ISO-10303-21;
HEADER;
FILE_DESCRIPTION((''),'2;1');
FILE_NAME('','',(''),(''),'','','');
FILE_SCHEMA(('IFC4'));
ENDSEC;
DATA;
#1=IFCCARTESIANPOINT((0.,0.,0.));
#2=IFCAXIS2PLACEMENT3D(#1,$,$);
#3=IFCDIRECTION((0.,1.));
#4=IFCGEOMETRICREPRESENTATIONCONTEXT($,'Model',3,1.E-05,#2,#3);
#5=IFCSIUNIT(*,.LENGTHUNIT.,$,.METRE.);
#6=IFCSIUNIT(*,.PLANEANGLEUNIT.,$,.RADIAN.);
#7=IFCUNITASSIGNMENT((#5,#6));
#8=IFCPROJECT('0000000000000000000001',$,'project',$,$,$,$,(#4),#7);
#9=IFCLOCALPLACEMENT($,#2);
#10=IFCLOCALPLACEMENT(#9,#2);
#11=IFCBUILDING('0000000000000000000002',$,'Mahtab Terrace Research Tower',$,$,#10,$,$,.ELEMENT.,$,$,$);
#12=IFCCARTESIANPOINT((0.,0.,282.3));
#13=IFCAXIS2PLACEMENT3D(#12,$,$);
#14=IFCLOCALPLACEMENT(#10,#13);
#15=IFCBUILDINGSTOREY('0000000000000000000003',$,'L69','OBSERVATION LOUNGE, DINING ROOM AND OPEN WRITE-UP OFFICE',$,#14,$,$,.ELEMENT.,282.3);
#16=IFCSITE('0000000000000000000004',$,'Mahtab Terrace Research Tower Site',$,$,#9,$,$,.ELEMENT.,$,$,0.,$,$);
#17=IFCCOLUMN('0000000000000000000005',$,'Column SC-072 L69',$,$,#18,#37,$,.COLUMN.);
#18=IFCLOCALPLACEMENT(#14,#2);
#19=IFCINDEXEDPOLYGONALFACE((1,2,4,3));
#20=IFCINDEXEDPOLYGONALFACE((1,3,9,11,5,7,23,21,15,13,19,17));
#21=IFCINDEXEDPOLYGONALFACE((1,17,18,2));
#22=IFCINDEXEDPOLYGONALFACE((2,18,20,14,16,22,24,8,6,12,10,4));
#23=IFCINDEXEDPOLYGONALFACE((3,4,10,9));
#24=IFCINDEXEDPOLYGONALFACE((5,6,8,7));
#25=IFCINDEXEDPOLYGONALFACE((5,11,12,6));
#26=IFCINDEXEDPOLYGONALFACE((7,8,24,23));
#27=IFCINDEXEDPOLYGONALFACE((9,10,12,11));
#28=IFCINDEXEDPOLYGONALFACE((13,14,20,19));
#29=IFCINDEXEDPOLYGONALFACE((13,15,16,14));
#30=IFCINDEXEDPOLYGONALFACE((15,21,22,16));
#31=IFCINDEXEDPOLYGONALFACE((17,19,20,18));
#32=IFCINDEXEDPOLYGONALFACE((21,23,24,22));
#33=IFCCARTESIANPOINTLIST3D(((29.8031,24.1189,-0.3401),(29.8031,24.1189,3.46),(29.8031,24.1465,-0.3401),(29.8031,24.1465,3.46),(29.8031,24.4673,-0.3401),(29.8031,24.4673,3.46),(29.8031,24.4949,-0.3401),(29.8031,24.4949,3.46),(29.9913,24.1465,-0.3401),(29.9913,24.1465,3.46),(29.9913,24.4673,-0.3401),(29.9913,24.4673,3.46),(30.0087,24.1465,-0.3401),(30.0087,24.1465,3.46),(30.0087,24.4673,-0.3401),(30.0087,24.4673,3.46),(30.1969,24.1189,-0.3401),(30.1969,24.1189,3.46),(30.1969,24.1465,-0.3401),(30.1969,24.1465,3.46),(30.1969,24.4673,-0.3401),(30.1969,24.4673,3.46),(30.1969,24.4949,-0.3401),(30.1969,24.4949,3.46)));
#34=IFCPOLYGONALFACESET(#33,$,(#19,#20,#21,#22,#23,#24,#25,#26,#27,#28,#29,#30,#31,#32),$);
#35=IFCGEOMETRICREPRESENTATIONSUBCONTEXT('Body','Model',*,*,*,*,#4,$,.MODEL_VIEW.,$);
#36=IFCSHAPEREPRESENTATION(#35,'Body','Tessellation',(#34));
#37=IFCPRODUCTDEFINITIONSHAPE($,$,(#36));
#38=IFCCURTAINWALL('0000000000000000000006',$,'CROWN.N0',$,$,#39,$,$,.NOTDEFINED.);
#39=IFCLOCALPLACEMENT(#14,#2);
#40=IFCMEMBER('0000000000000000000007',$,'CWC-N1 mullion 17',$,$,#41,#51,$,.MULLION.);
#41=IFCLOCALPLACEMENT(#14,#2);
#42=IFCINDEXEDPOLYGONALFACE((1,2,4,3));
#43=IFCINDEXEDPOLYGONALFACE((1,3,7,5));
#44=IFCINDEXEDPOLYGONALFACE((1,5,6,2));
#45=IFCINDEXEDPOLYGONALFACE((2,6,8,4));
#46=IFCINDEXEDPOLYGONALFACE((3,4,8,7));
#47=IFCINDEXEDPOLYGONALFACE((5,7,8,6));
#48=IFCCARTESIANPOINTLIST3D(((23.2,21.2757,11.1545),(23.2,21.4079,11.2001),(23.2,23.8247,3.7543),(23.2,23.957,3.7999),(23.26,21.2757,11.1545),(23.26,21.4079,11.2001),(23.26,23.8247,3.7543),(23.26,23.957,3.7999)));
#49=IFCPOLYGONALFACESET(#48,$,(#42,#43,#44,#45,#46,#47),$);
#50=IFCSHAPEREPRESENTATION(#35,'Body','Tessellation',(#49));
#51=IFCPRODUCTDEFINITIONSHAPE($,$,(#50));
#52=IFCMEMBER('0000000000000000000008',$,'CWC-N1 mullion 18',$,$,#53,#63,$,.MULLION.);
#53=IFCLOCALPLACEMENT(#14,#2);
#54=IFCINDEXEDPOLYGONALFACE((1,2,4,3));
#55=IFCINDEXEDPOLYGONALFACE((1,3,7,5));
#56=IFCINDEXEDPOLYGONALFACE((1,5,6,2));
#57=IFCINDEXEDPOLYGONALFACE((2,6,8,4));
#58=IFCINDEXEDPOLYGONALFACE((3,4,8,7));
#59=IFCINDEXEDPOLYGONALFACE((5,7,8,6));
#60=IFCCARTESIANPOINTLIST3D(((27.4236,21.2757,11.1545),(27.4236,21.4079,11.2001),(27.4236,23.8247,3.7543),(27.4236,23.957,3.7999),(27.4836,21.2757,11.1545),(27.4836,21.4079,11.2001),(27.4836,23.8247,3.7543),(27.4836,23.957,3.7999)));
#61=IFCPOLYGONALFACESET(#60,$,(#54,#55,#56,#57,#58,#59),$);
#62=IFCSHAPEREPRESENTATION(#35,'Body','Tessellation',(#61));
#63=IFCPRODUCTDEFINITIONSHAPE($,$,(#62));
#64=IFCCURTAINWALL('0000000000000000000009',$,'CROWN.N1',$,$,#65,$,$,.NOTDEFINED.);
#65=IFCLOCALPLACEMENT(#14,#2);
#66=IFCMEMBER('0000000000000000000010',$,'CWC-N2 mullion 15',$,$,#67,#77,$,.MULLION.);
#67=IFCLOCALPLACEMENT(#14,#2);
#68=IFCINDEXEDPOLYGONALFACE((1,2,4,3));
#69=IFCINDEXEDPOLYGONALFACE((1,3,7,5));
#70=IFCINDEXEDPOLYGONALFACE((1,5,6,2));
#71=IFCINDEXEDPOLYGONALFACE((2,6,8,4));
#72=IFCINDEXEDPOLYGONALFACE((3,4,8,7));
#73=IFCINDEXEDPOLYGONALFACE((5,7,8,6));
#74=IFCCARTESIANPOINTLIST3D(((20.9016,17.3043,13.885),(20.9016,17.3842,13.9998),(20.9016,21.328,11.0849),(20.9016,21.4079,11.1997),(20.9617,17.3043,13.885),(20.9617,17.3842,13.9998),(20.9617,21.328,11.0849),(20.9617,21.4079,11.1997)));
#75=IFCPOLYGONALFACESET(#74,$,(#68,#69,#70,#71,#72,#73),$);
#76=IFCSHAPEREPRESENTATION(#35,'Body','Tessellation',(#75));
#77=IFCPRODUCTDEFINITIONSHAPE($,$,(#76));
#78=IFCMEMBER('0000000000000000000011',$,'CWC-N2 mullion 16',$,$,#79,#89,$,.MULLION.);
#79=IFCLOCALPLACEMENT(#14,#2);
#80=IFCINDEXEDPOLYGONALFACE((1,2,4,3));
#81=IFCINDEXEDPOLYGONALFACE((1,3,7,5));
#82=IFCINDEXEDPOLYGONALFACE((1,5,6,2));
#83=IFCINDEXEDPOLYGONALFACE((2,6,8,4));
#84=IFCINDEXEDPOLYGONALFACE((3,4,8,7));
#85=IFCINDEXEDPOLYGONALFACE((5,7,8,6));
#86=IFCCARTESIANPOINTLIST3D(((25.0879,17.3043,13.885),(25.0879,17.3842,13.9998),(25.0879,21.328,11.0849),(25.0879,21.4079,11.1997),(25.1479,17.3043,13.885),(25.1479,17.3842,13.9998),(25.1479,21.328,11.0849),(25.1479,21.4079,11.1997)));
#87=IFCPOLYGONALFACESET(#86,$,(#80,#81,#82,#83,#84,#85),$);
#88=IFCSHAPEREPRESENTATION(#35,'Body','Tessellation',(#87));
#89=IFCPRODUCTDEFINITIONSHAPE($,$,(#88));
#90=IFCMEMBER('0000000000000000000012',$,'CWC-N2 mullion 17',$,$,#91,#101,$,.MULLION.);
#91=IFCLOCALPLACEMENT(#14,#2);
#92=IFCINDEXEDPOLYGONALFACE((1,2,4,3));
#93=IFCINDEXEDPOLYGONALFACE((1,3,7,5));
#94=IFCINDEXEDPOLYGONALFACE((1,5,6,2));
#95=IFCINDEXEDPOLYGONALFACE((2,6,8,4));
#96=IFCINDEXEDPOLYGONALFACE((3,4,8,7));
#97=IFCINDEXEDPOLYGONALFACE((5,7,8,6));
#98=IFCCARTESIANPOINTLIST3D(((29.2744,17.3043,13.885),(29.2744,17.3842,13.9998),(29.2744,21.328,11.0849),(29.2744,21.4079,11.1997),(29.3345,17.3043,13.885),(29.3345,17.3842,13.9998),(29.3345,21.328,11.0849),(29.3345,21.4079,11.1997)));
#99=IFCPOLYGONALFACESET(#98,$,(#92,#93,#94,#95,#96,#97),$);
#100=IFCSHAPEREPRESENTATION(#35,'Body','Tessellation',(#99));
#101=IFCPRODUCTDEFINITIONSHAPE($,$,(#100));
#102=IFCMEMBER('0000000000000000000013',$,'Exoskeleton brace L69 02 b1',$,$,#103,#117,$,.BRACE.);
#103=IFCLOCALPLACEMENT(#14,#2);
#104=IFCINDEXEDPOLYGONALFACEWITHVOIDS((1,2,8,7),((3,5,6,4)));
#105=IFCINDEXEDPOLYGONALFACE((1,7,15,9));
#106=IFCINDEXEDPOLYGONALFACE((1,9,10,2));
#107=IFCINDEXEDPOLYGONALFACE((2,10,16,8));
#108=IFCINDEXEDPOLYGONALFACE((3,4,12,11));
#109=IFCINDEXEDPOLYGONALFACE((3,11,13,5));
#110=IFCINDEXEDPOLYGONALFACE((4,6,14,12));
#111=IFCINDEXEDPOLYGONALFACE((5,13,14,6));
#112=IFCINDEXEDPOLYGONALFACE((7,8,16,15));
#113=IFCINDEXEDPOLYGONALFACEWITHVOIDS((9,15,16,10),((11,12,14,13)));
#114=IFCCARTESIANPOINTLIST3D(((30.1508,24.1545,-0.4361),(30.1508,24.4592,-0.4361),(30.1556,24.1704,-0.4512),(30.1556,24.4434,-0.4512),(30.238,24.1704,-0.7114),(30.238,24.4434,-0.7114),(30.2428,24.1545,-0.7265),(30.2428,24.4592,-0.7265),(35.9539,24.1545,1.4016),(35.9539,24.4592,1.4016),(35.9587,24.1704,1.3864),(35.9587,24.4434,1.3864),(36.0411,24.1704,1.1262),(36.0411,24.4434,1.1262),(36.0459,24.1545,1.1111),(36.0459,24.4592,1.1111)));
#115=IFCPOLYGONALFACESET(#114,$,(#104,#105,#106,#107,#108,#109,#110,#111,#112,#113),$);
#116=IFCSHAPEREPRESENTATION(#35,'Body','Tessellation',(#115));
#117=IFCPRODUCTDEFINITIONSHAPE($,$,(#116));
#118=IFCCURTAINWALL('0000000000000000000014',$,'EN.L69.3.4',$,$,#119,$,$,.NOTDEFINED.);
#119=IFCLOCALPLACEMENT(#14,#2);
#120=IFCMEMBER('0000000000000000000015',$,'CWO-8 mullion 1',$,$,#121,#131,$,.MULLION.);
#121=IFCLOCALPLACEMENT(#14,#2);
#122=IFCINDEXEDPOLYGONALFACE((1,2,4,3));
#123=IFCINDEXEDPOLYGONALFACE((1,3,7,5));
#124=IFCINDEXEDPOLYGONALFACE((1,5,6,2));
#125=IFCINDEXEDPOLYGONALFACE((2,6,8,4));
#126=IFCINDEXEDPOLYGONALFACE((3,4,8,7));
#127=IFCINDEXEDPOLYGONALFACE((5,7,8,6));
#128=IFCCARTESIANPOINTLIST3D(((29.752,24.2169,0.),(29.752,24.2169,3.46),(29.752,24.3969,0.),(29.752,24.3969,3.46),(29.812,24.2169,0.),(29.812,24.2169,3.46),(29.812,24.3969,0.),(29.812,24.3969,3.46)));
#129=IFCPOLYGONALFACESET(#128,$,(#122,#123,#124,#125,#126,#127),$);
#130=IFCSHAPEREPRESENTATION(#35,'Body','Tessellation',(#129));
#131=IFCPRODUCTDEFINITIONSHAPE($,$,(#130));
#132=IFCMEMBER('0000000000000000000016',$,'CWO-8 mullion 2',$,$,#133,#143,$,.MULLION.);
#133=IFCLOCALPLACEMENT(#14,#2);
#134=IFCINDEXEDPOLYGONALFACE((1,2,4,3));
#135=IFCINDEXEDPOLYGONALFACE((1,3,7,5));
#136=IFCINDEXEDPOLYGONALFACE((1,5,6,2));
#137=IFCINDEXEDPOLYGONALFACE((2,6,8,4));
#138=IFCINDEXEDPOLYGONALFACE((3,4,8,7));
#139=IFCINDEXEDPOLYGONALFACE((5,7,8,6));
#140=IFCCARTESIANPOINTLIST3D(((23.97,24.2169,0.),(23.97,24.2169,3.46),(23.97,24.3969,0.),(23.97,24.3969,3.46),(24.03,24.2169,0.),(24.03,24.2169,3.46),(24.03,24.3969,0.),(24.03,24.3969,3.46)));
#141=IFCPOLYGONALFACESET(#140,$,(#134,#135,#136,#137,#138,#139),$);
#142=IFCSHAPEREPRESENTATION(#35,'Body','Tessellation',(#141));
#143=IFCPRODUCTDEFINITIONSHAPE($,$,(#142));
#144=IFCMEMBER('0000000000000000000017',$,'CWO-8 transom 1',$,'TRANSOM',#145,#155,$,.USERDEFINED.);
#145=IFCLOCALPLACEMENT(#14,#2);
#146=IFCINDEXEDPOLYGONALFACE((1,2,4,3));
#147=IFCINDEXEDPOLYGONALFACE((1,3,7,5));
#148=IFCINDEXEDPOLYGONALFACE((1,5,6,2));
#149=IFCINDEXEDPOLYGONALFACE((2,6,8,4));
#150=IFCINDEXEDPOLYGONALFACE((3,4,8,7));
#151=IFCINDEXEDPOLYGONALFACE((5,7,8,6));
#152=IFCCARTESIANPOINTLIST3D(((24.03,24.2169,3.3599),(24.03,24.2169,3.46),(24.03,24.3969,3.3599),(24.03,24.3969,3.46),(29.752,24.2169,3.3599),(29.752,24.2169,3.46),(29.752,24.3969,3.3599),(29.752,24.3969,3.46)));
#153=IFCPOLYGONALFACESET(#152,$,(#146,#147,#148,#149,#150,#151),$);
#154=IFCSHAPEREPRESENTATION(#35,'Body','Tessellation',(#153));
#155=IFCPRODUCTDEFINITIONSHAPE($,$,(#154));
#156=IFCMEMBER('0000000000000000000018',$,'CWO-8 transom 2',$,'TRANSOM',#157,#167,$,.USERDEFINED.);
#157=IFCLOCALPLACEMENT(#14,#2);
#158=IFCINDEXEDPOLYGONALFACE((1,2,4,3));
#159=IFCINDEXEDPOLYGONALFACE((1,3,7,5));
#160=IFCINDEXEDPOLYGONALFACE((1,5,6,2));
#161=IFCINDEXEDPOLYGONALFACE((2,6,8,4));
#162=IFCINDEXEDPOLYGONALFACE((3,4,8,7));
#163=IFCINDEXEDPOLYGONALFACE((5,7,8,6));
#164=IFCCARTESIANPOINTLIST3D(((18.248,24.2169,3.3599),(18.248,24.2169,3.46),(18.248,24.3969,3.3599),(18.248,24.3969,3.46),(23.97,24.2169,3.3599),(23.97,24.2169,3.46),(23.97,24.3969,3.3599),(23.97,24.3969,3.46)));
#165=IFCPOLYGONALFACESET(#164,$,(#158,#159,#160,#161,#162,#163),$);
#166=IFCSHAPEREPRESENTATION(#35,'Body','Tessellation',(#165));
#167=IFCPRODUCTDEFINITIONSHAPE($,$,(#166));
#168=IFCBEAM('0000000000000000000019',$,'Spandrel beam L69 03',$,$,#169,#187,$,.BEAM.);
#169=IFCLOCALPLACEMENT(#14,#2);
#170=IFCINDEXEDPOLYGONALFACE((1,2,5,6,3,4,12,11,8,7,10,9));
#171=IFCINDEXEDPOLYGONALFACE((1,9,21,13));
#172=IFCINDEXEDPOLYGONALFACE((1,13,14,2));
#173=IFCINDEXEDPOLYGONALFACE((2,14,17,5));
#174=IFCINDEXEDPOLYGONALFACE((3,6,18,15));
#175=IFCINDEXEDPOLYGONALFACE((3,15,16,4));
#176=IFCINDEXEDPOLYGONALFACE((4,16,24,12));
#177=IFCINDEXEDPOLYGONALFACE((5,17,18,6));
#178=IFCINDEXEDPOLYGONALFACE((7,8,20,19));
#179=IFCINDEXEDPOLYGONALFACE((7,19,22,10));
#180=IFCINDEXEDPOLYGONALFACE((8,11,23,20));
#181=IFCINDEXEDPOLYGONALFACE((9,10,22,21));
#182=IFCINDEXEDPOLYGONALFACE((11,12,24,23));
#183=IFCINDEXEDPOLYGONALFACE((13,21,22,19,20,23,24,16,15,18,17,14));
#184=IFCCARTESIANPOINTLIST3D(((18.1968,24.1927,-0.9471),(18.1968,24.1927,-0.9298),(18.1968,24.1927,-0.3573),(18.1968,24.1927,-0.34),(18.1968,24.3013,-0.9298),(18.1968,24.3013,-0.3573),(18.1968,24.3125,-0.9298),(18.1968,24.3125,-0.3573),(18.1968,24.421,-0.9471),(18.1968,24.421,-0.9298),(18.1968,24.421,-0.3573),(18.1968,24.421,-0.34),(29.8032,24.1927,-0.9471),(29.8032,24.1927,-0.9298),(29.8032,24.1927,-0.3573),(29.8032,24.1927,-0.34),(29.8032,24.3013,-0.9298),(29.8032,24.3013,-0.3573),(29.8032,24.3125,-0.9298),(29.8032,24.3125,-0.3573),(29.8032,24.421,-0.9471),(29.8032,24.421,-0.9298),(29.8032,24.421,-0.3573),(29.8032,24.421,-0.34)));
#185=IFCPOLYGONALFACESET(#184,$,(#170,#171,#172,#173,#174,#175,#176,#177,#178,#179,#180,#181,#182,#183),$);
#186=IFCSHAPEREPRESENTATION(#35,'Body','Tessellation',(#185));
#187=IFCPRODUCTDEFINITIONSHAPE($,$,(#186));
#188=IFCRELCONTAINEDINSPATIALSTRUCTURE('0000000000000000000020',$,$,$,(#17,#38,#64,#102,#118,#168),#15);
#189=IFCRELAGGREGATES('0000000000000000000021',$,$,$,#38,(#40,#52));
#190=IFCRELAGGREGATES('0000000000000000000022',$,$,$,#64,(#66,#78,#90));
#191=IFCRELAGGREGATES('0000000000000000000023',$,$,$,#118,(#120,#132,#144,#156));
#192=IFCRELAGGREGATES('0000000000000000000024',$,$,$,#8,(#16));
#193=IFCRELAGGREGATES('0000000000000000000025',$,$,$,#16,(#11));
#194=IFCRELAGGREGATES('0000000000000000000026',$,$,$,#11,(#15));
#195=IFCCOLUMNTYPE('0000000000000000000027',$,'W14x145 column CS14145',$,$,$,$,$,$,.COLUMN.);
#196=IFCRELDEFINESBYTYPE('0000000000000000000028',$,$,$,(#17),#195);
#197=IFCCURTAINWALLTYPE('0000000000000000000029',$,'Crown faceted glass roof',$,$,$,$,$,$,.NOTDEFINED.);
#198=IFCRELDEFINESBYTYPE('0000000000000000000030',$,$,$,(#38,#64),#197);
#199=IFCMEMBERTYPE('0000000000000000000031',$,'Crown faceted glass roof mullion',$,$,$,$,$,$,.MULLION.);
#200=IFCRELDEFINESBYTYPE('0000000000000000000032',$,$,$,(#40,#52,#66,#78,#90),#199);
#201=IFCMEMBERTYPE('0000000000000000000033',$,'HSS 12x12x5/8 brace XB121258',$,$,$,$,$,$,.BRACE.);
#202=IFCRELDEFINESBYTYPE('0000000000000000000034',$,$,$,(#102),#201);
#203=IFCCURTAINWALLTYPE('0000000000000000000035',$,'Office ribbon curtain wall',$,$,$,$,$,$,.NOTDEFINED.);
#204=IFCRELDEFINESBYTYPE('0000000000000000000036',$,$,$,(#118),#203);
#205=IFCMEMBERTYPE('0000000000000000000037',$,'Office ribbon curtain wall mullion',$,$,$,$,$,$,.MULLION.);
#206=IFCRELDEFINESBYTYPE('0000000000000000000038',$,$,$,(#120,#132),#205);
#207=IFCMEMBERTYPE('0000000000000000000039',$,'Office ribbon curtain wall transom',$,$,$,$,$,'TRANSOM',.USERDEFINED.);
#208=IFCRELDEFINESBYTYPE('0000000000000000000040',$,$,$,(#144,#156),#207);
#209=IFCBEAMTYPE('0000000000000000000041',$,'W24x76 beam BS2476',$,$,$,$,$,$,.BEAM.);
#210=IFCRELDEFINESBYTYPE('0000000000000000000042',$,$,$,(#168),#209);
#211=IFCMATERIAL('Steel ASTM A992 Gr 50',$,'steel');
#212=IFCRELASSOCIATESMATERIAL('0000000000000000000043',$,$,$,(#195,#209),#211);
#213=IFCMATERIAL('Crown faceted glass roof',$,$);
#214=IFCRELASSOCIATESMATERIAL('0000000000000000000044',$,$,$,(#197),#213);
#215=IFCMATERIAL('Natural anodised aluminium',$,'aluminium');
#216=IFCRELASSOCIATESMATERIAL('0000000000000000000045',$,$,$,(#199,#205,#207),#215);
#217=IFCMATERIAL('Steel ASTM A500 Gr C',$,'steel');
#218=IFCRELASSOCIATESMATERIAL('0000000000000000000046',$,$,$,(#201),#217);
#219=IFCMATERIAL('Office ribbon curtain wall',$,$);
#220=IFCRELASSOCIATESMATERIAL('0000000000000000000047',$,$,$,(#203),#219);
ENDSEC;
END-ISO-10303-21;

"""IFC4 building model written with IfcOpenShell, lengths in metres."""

from ifc_helpers import new_model, si_unit, direction, frame, origin, origin_2d, place, context, subcontext, project, spatial, rectangle, hollow_rectangle, i_section, extrude, material, material_profile, profile_set, type_object, element, aggregate, save


model = new_model("IFC4")

# Units and contexts
model_context = context("Model", 3, precision=1e-05, world=origin(), true_north=direction((0.0, 1.0)))
body_context = subcontext(model_context, "Body", "Model", "MODEL_VIEW")
ifc_project = project(units=[si_unit("LENGTHUNIT", "METRE"), si_unit("PLANEANGLEUNIT", "RADIAN")], contexts=[model_context])

# Site, building, storey
site_placement = place(None, origin())
site = spatial("IfcSite", under=ifc_project, at=site_placement, Name="Mahtab Terrace Research Tower Site", CompositionType="ELEMENT", RefElevation=0.0)
building_placement = place(site_placement, origin())
building = spatial("IfcBuilding", under=site, at=building_placement, Name="Mahtab Terrace Research Tower", CompositionType="ELEMENT")
storey_placement = place(building_placement, frame((0.0, 0.0, 282.3)))
storey = spatial("IfcBuildingStorey", under=building, at=storey_placement, Name="L69", Description="OBSERVATION LOUNGE, DINING ROOM AND OPEN WRITE-UP OFFICE", CompositionType="ELEMENT", Elevation=282.3)

# Column
ifc_material_1 = material(Name="Steel ASTM A992 Gr 50", Category="steel")
ifc_material_profile_1 = material_profile(ifc_material_1, i_section(OverallWidth=0.3938, OverallDepth=0.376, WebThickness=0.0173, FlangeThickness=0.0276, at=origin_2d()), Name="W14X145")
ifc_profile_set_1 = profile_set([ifc_material_profile_1], Name="Steel ASTM A992 Gr 50")
column_type = type_object("IfcColumnType", Name="W14x145 column CS14145", PredefinedType="COLUMN", material=ifc_profile_set_1)
column_placement = place(storey_placement, frame((30.0, 24.3069, -0.3401), z_axis=(0.0, 0.0, 1.0), x_axis=(1.0, 0.0, 0.0)))
element("IfcColumn", 1, at=column_placement, inside=storey, type_object=column_type, Name="Column SC-072 L69", PredefinedType="COLUMN", context=body_context, shape_type="SweptSolid", body=[
    extrude(i_section(OverallWidth=0.3938, OverallDepth=0.376, WebThickness=0.0173, FlangeThickness=0.0276, at=origin_2d()), origin(), (0.0, 0.0, 1.0), 3.8),
])

# Curtain walls, members
ifc_material_2 = material(Name="Crown faceted glass roof")
curtain_wall_type_1 = type_object("IfcCurtainWallType", Name="Crown faceted glass roof", PredefinedType="NOTDEFINED", material=ifc_material_2)
curtain_wall_1_placement = place(storey_placement, origin())
curtain_wall_1 = element("IfcCurtainWall", 2, at=curtain_wall_1_placement, inside=storey, type_object=curtain_wall_type_1, Name="CROWN.N0", PredefinedType="NOTDEFINED")
ifc_material_3 = material(Name="Natural anodised aluminium", Category="aluminium")
ifc_material_profile_2 = material_profile(ifc_material_3, rectangle(XDim=0.0601, YDim=0.1399, at=origin_2d()), Name="MULLION 60x140")
ifc_profile_set_2 = profile_set([ifc_material_profile_2], Name="Natural anodised aluminium")
member_type_1 = type_object("IfcMemberType", Name="Crown faceted glass roof mullion", PredefinedType="MULLION", material=ifc_profile_set_2)
member_1_placement = place(storey_placement, frame((23.23, 23.8909, 3.7771), z_axis=(0.0, -0.325682, 0.945479), x_axis=(1.0, 0.0, 0.0)))
member_1 = element("IfcMember", 3, at=member_1_placement, type_object=member_type_1, Name="CWC-N1 mullion 17", PredefinedType="MULLION", context=body_context, shape_type="SweptSolid", body=[
    extrude(rectangle(XDim=0.0601, YDim=0.1399, at=origin_2d()), origin(), (0.0, 0.0, 1.0), 7.8269),
])
member_2_placement = place(storey_placement, frame((27.4536, 23.8909, 3.7771), z_axis=(0.0, -0.325682, 0.945479), x_axis=(1.0, 0.0, 0.0)))
member_2 = element("IfcMember", 4, at=member_2_placement, type_object=member_type_1, Name="CWC-N1 mullion 18", PredefinedType="MULLION", context=body_context, shape_type="SweptSolid", body=[
    extrude(rectangle(XDim=0.0601, YDim=0.1399, at=origin_2d()), origin(), (0.0, 0.0, 1.0), 7.8269),
])
aggregate(curtain_wall_1, [member_1, member_2])
curtain_wall_2_placement = place(storey_placement, origin())
curtain_wall_2 = element("IfcCurtainWall", 5, at=curtain_wall_2_placement, inside=storey, type_object=curtain_wall_type_1, Name="CROWN.N1", PredefinedType="NOTDEFINED")
member_3_placement = place(storey_placement, frame((20.9316, 21.3679, 11.1423), z_axis=(0.0, -0.820813, 0.571197), x_axis=(1.0, 0.0, 0.0)))
member_3 = element("IfcMember", 6, at=member_3_placement, type_object=member_type_1, Name="CWC-N2 mullion 15", PredefinedType="MULLION", context=body_context, shape_type="SweptSolid", body=[
    extrude(rectangle(XDim=0.0601, YDim=0.1399, at=origin_2d()), origin(), (0.0, 0.0, 1.0), 4.9021),
])
member_4_placement = place(storey_placement, frame((25.1179, 21.3679, 11.1423), z_axis=(0.0, -0.820813, 0.571197), x_axis=(1.0, 0.0, 0.0)))
member_4 = element("IfcMember", 7, at=member_4_placement, type_object=member_type_1, Name="CWC-N2 mullion 16", PredefinedType="MULLION", context=body_context, shape_type="SweptSolid", body=[
    extrude(rectangle(XDim=0.0601, YDim=0.1399, at=origin_2d()), origin(), (0.0, 0.0, 1.0), 4.9021),
])
member_5_placement = place(storey_placement, frame((29.3044, 21.3679, 11.1423), z_axis=(0.0, -0.820813, 0.571197), x_axis=(1.0, 0.0, 0.0)))
member_5 = element("IfcMember", 8, at=member_5_placement, type_object=member_type_1, Name="CWC-N2 mullion 17", PredefinedType="MULLION", context=body_context, shape_type="SweptSolid", body=[
    extrude(rectangle(XDim=0.0601, YDim=0.1399, at=origin_2d()), origin(), (0.0, 0.0, 1.0), 4.9021),
])
aggregate(curtain_wall_2, [member_3, member_4, member_5])

# Member
ifc_material_4 = material(Name="Steel ASTM A500 Gr C", Category="steel")
ifc_material_profile_3 = material_profile(ifc_material_4, hollow_rectangle(XDim=0.3047, YDim=0.3047, WallThickness=0.0159, at=origin_2d()), Name="HSS12X12X5/8")
ifc_profile_set_3 = profile_set([ifc_material_profile_3], Name="Steel ASTM A500 Gr C")
member_type_2 = type_object("IfcMemberType", Name="HSS 12x12x5/8 brace XB121258", PredefinedType="BRACE", material=ifc_profile_set_3)
member_6_placement = place(storey_placement, frame((30.1968, 24.3069, -0.5813), z_axis=(0.953344, 0.0, 0.301886), x_axis=(0.0, 1.0, 0.0)))
element("IfcMember", 9, at=member_6_placement, inside=storey, type_object=member_type_2, Name="Exoskeleton brace L69 02 b1", PredefinedType="BRACE", context=body_context, shape_type="SweptSolid", body=[
    extrude(hollow_rectangle(XDim=0.3047, YDim=0.3047, WallThickness=0.0159, at=origin_2d()), origin(), (0.0, 0.0, 1.0), 6.0872),
])

# Curtain wall, members
ifc_material_5 = material(Name="Office ribbon curtain wall")
curtain_wall_type_2 = type_object("IfcCurtainWallType", Name="Office ribbon curtain wall", PredefinedType="NOTDEFINED", material=ifc_material_5)
curtain_wall_3_placement = place(storey_placement, origin())
curtain_wall_3 = element("IfcCurtainWall", 10, at=curtain_wall_3_placement, inside=storey, type_object=curtain_wall_type_2, Name="EN.L69.3.4", PredefinedType="NOTDEFINED")
ifc_material_profile_4 = material_profile(ifc_material_3, rectangle(XDim=0.1799, YDim=0.0601, at=origin_2d()), Name="MULLION 60x180")
ifc_profile_set_4 = profile_set([ifc_material_profile_4], Name="Natural anodised aluminium")
member_type_3 = type_object("IfcMemberType", Name="Office ribbon curtain wall mullion", PredefinedType="MULLION", material=ifc_profile_set_4)
member_7_placement = place(storey_placement, frame((29.782, 24.3069, 0.0), z_axis=(0.0, 0.0, 1.0), x_axis=(0.0, -1.0, 0.0)))
member_7 = element("IfcMember", 11, at=member_7_placement, type_object=member_type_3, Name="CWO-8 mullion 1", PredefinedType="MULLION", context=body_context, shape_type="SweptSolid", body=[
    extrude(rectangle(XDim=0.1799, YDim=0.0601, at=origin_2d()), origin(), (0.0, 0.0, 1.0), 3.46),
])
member_8_placement = place(storey_placement, frame((24.0, 24.3069, 0.0), z_axis=(0.0, 0.0, 1.0), x_axis=(0.0, -1.0, 0.0)))
member_8 = element("IfcMember", 12, at=member_8_placement, type_object=member_type_3, Name="CWO-8 mullion 2", PredefinedType="MULLION", context=body_context, shape_type="SweptSolid", body=[
    extrude(rectangle(XDim=0.1799, YDim=0.0601, at=origin_2d()), origin(), (0.0, 0.0, 1.0), 3.46),
])
ifc_material_profile_5 = material_profile(ifc_material_3, rectangle(XDim=0.1799, YDim=0.1001, at=origin_2d()), Name="TRANSOM 100x180")
ifc_profile_set_5 = profile_set([ifc_material_profile_5], Name="Natural anodised aluminium")
member_type_4 = type_object("IfcMemberType", Name="Office ribbon curtain wall transom", ElementType="TRANSOM", PredefinedType="USERDEFINED", material=ifc_profile_set_5)
member_9_placement = place(storey_placement, frame((29.752, 24.3069, 3.4099), z_axis=(-1.0, 0.0, 0.0), x_axis=(0.0, -1.0, 0.0)))
member_9 = element("IfcMember", 13, at=member_9_placement, type_object=member_type_4, Name="CWO-8 transom 1", ObjectType="TRANSOM", PredefinedType="USERDEFINED", context=body_context, shape_type="SweptSolid", body=[
    extrude(rectangle(XDim=0.1799, YDim=0.1001, at=origin_2d()), origin(), (0.0, 0.0, 1.0), 5.7219),
])
member_10_placement = place(storey_placement, frame((23.97, 24.3069, 3.4099), z_axis=(-1.0, 0.0, 0.0), x_axis=(0.0, -1.0, 0.0)))
member_10 = element("IfcMember", 14, at=member_10_placement, type_object=member_type_4, Name="CWO-8 transom 2", ObjectType="TRANSOM", PredefinedType="USERDEFINED", context=body_context, shape_type="SweptSolid", body=[
    extrude(rectangle(XDim=0.1799, YDim=0.1001, at=origin_2d()), origin(), (0.0, 0.0, 1.0), 5.7219),
])

# Beam
ifc_material_profile_6 = material_profile(ifc_material_1, i_section(OverallWidth=0.2283, OverallDepth=0.6072, WebThickness=0.0112, FlangeThickness=0.0173, at=origin_2d()), Name="W24X76")
ifc_profile_set_6 = profile_set([ifc_material_profile_6], Name="Steel ASTM A992 Gr 50")
beam_type = type_object("IfcBeamType", Name="W24x76 beam BS2476", PredefinedType="BEAM", material=ifc_profile_set_6)
beam_placement = place(storey_placement, frame((29.8032, 24.3069, -0.6436), z_axis=(-1.0, 0.0, 0.0), x_axis=(0.0, -1.0, 0.0)))
element("IfcBeam", 15, at=beam_placement, inside=storey, type_object=beam_type, Name="Spandrel beam L69 03", PredefinedType="BEAM", context=body_context, shape_type="SweptSolid", body=[
    extrude(i_section(OverallWidth=0.2283, OverallDepth=0.6072, WebThickness=0.0112, FlangeThickness=0.0173, at=origin_2d()), origin(), (0.0, 0.0, 1.0), 11.6064),
])

aggregate(curtain_wall_3, [member_7, member_8, member_9, member_10])

save(model, "model.ifc")
